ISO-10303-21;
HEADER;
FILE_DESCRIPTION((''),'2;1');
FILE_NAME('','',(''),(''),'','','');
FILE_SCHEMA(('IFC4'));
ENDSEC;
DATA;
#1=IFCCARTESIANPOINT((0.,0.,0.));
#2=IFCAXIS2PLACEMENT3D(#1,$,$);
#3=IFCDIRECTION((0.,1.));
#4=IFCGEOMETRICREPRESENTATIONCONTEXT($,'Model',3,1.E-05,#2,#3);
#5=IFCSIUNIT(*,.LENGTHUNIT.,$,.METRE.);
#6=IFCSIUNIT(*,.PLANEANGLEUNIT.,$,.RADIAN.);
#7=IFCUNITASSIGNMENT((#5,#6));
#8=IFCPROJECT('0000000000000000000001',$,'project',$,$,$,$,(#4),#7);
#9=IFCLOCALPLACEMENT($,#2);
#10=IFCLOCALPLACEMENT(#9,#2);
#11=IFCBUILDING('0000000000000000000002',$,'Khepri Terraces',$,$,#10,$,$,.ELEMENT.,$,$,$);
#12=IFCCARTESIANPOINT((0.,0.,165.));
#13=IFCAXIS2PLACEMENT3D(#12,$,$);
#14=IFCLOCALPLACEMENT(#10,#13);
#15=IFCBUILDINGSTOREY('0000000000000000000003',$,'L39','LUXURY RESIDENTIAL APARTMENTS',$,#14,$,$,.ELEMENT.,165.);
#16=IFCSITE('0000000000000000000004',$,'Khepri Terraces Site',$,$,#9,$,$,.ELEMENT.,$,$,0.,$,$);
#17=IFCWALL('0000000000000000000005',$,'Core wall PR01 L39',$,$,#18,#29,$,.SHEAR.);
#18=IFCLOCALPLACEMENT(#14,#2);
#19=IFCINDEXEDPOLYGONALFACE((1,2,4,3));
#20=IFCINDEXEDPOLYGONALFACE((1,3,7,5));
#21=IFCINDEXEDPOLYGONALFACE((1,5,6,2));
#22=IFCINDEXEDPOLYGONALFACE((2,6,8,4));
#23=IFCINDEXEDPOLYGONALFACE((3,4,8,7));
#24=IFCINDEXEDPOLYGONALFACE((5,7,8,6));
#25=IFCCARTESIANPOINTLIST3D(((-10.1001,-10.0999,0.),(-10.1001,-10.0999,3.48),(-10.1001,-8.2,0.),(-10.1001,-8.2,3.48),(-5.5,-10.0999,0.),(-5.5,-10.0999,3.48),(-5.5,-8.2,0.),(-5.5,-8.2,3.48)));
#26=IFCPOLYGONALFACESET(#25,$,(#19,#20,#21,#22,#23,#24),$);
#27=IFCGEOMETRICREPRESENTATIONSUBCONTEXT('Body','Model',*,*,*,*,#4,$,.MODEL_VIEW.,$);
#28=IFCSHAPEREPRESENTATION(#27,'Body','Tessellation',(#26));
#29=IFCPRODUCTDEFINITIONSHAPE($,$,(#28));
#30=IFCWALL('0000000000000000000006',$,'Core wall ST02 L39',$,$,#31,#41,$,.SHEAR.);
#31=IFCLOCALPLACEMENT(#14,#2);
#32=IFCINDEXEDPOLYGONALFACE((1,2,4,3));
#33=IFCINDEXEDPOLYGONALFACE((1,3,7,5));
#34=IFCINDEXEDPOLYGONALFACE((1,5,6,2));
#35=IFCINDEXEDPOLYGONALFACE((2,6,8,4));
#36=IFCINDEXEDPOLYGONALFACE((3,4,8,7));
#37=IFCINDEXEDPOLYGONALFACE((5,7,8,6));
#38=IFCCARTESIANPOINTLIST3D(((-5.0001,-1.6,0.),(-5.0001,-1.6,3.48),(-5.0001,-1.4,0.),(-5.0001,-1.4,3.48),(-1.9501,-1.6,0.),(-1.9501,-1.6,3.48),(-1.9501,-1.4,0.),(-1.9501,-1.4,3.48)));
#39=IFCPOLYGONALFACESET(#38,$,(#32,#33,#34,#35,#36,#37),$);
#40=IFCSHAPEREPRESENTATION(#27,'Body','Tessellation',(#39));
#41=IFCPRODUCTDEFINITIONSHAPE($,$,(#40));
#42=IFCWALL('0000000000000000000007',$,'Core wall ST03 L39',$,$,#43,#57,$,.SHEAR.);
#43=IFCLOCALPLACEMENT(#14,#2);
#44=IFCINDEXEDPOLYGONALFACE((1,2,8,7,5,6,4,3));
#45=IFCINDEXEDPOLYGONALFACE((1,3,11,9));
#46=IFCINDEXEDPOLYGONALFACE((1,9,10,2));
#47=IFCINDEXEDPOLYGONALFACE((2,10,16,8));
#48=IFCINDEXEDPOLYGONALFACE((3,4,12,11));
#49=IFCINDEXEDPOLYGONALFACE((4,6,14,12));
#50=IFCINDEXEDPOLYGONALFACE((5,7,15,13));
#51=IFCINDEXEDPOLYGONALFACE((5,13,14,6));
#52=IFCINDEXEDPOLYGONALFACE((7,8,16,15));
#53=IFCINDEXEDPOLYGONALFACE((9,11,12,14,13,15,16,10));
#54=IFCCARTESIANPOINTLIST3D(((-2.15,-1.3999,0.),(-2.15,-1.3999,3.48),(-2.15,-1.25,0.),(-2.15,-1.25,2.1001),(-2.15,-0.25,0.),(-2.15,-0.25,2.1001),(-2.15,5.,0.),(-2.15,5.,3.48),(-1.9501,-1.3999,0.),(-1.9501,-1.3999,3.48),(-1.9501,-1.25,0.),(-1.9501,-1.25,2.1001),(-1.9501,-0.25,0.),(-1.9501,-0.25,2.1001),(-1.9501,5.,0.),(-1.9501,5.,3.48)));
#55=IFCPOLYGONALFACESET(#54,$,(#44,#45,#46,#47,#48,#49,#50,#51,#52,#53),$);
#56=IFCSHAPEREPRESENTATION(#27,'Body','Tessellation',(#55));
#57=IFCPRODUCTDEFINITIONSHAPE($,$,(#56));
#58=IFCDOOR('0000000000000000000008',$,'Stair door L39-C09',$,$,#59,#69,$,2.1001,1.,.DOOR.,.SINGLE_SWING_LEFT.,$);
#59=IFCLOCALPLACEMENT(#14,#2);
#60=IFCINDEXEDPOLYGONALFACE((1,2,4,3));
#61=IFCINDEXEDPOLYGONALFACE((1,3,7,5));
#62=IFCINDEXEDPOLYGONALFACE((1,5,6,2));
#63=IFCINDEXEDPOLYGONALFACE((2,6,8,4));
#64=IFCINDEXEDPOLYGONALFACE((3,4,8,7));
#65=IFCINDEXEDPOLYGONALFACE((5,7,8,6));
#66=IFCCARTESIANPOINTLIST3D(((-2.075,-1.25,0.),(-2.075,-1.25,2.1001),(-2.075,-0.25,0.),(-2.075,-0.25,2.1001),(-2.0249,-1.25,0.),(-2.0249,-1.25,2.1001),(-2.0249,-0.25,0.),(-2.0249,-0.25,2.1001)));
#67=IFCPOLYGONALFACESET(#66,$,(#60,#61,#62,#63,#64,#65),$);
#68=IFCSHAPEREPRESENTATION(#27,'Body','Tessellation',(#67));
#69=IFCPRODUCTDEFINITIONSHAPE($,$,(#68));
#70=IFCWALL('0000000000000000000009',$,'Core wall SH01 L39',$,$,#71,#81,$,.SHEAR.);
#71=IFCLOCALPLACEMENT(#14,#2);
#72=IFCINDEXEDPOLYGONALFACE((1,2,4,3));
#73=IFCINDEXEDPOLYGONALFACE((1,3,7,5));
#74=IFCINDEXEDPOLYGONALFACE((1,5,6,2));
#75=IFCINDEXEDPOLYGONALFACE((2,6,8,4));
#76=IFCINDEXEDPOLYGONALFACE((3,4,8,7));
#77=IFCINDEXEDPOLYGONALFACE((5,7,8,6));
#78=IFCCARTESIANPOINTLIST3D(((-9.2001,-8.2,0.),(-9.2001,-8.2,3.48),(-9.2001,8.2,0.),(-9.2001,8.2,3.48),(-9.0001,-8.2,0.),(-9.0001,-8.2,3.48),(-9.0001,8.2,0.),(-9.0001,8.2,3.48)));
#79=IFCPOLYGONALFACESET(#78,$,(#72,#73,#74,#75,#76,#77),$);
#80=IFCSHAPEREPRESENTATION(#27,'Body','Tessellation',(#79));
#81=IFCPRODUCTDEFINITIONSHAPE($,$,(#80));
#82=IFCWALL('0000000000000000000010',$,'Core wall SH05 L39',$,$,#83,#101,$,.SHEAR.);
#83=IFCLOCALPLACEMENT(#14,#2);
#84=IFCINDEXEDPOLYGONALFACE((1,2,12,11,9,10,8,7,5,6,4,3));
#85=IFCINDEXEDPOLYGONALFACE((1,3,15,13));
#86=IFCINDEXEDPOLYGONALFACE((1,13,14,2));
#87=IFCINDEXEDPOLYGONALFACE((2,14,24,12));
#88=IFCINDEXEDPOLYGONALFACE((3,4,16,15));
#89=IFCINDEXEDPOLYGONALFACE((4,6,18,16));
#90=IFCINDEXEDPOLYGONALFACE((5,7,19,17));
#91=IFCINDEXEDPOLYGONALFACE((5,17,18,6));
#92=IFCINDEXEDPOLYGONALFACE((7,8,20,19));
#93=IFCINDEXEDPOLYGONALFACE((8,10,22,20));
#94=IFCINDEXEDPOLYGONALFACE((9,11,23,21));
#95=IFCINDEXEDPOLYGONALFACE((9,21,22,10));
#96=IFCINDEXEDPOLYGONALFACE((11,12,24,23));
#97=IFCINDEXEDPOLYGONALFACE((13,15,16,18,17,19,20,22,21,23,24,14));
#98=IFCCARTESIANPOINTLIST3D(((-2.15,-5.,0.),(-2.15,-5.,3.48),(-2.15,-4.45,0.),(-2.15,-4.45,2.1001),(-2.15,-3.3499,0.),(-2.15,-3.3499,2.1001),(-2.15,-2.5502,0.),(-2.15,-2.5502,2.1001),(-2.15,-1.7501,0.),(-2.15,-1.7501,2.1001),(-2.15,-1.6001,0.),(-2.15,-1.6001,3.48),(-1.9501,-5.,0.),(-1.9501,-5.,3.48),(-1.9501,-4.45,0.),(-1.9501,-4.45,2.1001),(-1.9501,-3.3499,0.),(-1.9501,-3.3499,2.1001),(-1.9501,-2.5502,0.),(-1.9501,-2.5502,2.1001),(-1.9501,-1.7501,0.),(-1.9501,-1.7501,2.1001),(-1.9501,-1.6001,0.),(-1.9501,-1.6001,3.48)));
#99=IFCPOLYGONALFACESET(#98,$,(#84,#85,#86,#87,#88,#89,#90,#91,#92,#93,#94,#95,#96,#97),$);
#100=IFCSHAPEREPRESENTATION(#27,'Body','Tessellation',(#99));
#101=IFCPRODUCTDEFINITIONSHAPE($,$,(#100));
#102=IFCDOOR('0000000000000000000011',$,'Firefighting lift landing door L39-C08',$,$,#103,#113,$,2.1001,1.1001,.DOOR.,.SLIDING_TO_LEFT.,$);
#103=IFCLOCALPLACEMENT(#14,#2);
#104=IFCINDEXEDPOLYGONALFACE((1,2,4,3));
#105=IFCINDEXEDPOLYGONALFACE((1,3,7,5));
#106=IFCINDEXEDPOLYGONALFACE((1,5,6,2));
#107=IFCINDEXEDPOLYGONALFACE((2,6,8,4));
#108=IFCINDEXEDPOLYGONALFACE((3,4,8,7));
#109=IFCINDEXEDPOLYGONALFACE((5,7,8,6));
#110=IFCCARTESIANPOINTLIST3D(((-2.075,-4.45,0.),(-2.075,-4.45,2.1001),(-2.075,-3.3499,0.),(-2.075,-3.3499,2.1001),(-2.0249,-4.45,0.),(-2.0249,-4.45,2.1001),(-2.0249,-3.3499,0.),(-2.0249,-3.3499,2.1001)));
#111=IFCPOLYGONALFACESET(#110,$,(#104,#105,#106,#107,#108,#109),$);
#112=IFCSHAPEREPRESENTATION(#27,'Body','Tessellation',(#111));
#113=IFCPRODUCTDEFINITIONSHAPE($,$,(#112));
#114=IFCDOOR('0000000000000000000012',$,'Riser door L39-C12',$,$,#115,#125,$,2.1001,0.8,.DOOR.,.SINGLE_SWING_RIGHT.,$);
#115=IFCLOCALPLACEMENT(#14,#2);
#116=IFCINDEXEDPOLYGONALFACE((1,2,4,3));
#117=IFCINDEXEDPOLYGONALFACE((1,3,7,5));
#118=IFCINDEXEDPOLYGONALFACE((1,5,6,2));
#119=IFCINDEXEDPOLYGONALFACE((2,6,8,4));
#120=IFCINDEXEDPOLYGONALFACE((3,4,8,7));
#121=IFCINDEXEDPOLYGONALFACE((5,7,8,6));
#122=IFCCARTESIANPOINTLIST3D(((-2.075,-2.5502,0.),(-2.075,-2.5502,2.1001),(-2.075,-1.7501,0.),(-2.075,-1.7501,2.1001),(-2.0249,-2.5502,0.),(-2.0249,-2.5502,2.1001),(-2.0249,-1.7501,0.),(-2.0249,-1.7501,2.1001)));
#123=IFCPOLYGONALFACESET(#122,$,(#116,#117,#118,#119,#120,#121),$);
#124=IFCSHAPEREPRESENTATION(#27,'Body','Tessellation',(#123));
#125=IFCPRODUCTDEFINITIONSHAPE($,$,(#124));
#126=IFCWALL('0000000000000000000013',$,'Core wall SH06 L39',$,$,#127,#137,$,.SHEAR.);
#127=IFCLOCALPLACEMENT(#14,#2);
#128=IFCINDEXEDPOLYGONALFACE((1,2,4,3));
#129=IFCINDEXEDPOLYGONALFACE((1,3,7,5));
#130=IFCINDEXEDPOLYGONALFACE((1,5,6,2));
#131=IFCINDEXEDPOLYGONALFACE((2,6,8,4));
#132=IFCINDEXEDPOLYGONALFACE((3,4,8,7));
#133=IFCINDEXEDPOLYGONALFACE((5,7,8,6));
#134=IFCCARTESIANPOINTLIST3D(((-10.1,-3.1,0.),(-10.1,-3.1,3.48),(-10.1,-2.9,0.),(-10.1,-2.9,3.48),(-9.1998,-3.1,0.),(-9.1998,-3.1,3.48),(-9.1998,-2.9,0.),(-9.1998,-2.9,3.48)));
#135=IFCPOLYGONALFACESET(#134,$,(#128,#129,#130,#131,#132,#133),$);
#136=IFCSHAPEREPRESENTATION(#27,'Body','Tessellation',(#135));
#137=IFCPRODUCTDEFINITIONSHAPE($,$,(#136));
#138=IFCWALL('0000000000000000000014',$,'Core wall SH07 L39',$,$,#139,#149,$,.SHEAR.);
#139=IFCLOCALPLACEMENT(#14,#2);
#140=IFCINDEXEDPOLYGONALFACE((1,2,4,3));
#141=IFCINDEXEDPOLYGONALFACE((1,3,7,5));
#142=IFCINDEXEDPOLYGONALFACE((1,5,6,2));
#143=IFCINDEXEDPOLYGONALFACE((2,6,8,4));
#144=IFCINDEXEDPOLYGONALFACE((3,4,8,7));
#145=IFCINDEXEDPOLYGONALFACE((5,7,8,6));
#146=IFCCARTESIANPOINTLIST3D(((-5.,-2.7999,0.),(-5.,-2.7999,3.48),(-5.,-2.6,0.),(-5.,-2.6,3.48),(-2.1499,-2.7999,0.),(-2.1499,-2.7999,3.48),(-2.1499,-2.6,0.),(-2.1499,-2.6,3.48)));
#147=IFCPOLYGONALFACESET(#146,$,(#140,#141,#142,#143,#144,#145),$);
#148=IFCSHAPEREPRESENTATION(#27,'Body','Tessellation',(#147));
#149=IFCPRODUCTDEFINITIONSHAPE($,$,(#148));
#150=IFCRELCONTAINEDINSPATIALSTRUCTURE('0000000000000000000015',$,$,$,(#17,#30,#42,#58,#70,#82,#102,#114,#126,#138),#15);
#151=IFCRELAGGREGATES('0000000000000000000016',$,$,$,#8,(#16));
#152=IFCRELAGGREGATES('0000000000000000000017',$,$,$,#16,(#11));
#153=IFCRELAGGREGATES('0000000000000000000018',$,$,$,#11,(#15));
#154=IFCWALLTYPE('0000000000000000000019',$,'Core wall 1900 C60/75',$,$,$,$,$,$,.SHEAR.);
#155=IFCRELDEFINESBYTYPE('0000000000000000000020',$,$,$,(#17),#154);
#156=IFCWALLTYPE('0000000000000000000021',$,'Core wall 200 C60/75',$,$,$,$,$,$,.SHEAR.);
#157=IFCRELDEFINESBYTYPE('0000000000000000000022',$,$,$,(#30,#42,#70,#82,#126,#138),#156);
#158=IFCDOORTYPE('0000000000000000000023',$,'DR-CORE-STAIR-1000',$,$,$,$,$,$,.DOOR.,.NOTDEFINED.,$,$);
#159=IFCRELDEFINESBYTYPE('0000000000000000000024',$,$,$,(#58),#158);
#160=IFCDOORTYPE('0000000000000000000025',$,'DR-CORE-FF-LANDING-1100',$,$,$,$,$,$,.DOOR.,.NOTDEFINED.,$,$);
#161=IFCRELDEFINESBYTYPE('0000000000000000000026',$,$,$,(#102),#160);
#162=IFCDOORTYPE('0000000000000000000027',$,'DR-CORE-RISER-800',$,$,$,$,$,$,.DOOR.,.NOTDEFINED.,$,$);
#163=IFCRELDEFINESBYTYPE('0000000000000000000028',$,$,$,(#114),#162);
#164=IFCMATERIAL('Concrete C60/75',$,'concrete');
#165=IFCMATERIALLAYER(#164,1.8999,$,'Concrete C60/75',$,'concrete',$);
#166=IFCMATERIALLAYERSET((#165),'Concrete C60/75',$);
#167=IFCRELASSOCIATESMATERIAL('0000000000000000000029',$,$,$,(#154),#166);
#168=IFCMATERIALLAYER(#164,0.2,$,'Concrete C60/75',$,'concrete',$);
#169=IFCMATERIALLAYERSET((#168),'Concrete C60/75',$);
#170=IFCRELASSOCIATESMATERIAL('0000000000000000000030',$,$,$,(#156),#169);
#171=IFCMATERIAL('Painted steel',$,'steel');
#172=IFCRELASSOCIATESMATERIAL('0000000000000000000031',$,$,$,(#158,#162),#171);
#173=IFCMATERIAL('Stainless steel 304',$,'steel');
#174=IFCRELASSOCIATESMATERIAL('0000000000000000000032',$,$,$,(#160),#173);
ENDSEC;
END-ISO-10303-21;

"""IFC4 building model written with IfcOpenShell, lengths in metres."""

from ifc_helpers import new_model, si_unit, direction, frame, frame_2d, origin, place, context, subcontext, project, spatial, rectangle, extrude, material, layer, layer_set, type_object, element, fill, save


model = new_model("IFC4")

# Units and contexts
model_context = context("Model", 3, precision=1e-05, world=origin(), true_north=direction((0.0, 1.0)))
body_context = subcontext(model_context, "Body", "Model", "MODEL_VIEW")
ifc_project = project(units=[si_unit("LENGTHUNIT", "METRE"), si_unit("PLANEANGLEUNIT", "RADIAN")], contexts=[model_context])

# Site, building, storey
site_placement = place(None, origin())
site = spatial("IfcSite", under=ifc_project, at=site_placement, Name="Khepri Terraces Site", CompositionType="ELEMENT", RefElevation=0.0)
building_placement = place(site_placement, origin())
building = spatial("IfcBuilding", under=site, at=building_placement, Name="Khepri Terraces", CompositionType="ELEMENT")
storey_placement = place(building_placement, frame((0.0, 0.0, 165.0)))
storey = spatial("IfcBuildingStorey", under=building, at=storey_placement, Name="L39", Description="LUXURY RESIDENTIAL APARTMENTS", CompositionType="ELEMENT", Elevation=165.0)

# Walls
ifc_material_1 = material(Name="Concrete C60/75", Category="concrete")
ifc_layer_1 = layer(ifc_material_1, 1.8999, Name="Concrete C60/75", Category="concrete")
ifc_layer_set_1 = layer_set([ifc_layer_1], Name="Concrete C60/75")
wall_type_1 = type_object("IfcWallType", Name="Core wall 1900 C60/75", PredefinedType="SHEAR", material=ifc_layer_set_1)
wall_1_placement = place(storey_placement, frame((-10.1001, -9.1499, 0.0), z_axis=(0.0, 0.0, 1.0), x_axis=(1.0, 0.0, 0.0)))
element("IfcWall", 1, at=wall_1_placement, inside=storey, type_object=wall_type_1, Name="Core wall PR01 L39", PredefinedType="SHEAR", context=body_context, shape_type="SweptSolid", body=[
    extrude(rectangle(XDim=4.6001, YDim=1.8999, at=frame_2d((2.3, 0.0))), origin(), (0.0, 0.0, 1.0), 3.48),
])
ifc_layer_2 = layer(ifc_material_1, 0.2, Name="Concrete C60/75", Category="concrete")
ifc_layer_set_2 = layer_set([ifc_layer_2], Name="Concrete C60/75")
wall_type_2 = type_object("IfcWallType", Name="Core wall 200 C60/75", PredefinedType="SHEAR", material=ifc_layer_set_2)
wall_2_placement = place(storey_placement, frame((-5.0, -1.5, 0.0), z_axis=(0.0, 0.0, 1.0), x_axis=(1.0, 0.0, 0.0)))
element("IfcWall", 2, at=wall_2_placement, inside=storey, type_object=wall_type_2, Name="Core wall ST02 L39", PredefinedType="SHEAR", context=body_context, shape_type="SweptSolid", body=[
    extrude(rectangle(XDim=3.05, YDim=0.2, at=frame_2d((1.5249, 0.0))), origin(), (0.0, 0.0, 1.0), 3.48),
])

# Wall, opening, door
wall_3_placement = place(storey_placement, frame((-2.05, -1.3999, 0.0), z_axis=(0.0, 0.0, 1.0), x_axis=(0.0, 1.0, 0.0)))
wall_3 = element("IfcWall", 3, at=wall_3_placement, inside=storey, type_object=wall_type_2, Name="Core wall ST03 L39", PredefinedType="SHEAR", context=body_context, shape_type="SweptSolid", body=[
    extrude(rectangle(XDim=6.3999, YDim=0.2, at=frame_2d((3.2, 0.0))), origin(), (0.0, 0.0, 1.0), 3.48),
])
opening_1_placement = place(wall_3_placement, frame((0.1499, 0.0, 0.0)))
opening_1 = element("IfcOpeningElement", 4, at=opening_1_placement, cuts=wall_3, PredefinedType="OPENING", context=body_context, shape_type="SweptSolid", body=[
    extrude(rectangle(XDim=1.0, YDim=2.1001, at=frame_2d((0.5, 1.05))), frame((0.0, 0.1099, 0.0), z_axis=(0.0, -1.0, 0.0), x_axis=(1.0, 0.0, 0.0)), (0.0, 0.0, 1.0), 0.22),
])
ifc_material_2 = material(Name="Painted steel", Category="steel")
door_type_1 = type_object("IfcDoorType", Name="DR-CORE-STAIR-1000", OperationType="NOTDEFINED", PredefinedType="DOOR", material=ifc_material_2)
door_1_placement = place(opening_1_placement, origin())
door_1 = element("IfcDoor", 5, at=door_1_placement, inside=storey, type_object=door_type_1, Name="Stair door L39-C09", OperationType="SINGLE_SWING_LEFT", OverallHeight=2.1001, OverallWidth=1.0, PredefinedType="DOOR", context=body_context, shape_type="SweptSolid", body=[
    extrude(rectangle(XDim=1.0, YDim=2.1001, at=frame_2d((0.5, 1.05))), frame((0.0, 0.0249, 0.0), z_axis=(0.0, -1.0, 0.0), x_axis=(1.0, 0.0, 0.0)), (0.0, 0.0, 1.0), 0.05),
])
fill(opening_1, door_1)

# Wall
wall_4_placement = place(storey_placement, frame((-9.1001, -8.2, 0.0), z_axis=(0.0, 0.0, 1.0), x_axis=(0.0, 1.0, 0.0)))
element("IfcWall", 6, at=wall_4_placement, inside=storey, type_object=wall_type_2, Name="Core wall SH01 L39", PredefinedType="SHEAR", context=body_context, shape_type="SweptSolid", body=[
    extrude(rectangle(XDim=16.3999, YDim=0.2, at=frame_2d((8.2, 0.0))), origin(), (0.0, 0.0, 1.0), 3.48),
])

# Wall, openings, doors
wall_5_placement = place(storey_placement, frame((-2.05, -5.0, 0.0), z_axis=(0.0, 0.0, 1.0), x_axis=(0.0, 1.0, 0.0)))
wall_5 = element("IfcWall", 7, at=wall_5_placement, inside=storey, type_object=wall_type_2, Name="Core wall SH05 L39", PredefinedType="SHEAR", context=body_context, shape_type="SweptSolid", body=[
    extrude(rectangle(XDim=3.3999, YDim=0.2, at=frame_2d((1.7, 0.0))), origin(), (0.0, 0.0, 1.0), 3.48),
])
opening_2_placement = place(wall_5_placement, frame((0.55, 0.0, 0.0)))
opening_2 = element("IfcOpeningElement", 8, at=opening_2_placement, cuts=wall_5, PredefinedType="OPENING", context=body_context, shape_type="SweptSolid", body=[
    extrude(rectangle(XDim=1.1001, YDim=2.1001, at=frame_2d((0.55, 1.05))), frame((0.0, 0.1099, 0.0), z_axis=(0.0, -1.0, 0.0), x_axis=(1.0, 0.0, 0.0)), (0.0, 0.0, 1.0), 0.22),
])
opening_3_placement = place(wall_5_placement, frame((2.45, 0.0, 0.0)))
opening_3 = element("IfcOpeningElement", 9, at=opening_3_placement, cuts=wall_5, PredefinedType="OPENING", context=body_context, shape_type="SweptSolid", body=[
    extrude(rectangle(XDim=0.8, YDim=2.1001, at=frame_2d((0.3999, 1.05))), frame((0.0, 0.1099, 0.0), z_axis=(0.0, -1.0, 0.0), x_axis=(1.0, 0.0, 0.0)), (0.0, 0.0, 1.0), 0.22),
])
ifc_material_3 = material(Name="Stainless steel 304", Category="steel")
door_type_2 = type_object("IfcDoorType", Name="DR-CORE-FF-LANDING-1100", OperationType="NOTDEFINED", PredefinedType="DOOR", material=ifc_material_3)
door_2_placement = place(opening_2_placement, origin())
door_2 = element("IfcDoor", 10, at=door_2_placement, inside=storey, type_object=door_type_2, Name="Firefighting lift landing door L39-C08", OperationType="SLIDING_TO_LEFT", OverallHeight=2.1001, OverallWidth=1.1001, PredefinedType="DOOR", context=body_context, shape_type="SweptSolid", body=[
    extrude(rectangle(XDim=1.1001, YDim=2.1001, at=frame_2d((0.55, 1.05))), frame((0.0, 0.0249, 0.0), z_axis=(0.0, -1.0, 0.0), x_axis=(1.0, 0.0, 0.0)), (0.0, 0.0, 1.0), 0.05),
])
fill(opening_2, door_2)
door_type_3 = type_object("IfcDoorType", Name="DR-CORE-RISER-800", OperationType="NOTDEFINED", PredefinedType="DOOR", material=ifc_material_2)
door_3_placement = place(opening_3_placement, origin())
door_3 = element("IfcDoor", 11, at=door_3_placement, inside=storey, type_object=door_type_3, Name="Riser door L39-C12", OperationType="SINGLE_SWING_RIGHT", OverallHeight=2.1001, OverallWidth=0.8, PredefinedType="DOOR", context=body_context, shape_type="SweptSolid", body=[
    extrude(rectangle(XDim=0.8, YDim=2.1001, at=frame_2d((0.3999, 1.05))), frame((0.0, 0.0249, 0.0), z_axis=(0.0, -1.0, 0.0), x_axis=(1.0, 0.0, 0.0)), (0.0, 0.0, 1.0), 0.05),
])
fill(opening_3, door_3)

# Walls
wall_6_placement = place(storey_placement, frame((-10.1001, -3.0, 0.0), z_axis=(0.0, 0.0, 1.0), x_axis=(1.0, 0.0, 0.0)))
element("IfcWall", 12, at=wall_6_placement, inside=storey, type_object=wall_type_2, Name="Core wall SH06 L39", PredefinedType="SHEAR", context=body_context, shape_type="SweptSolid", body=[
    extrude(rectangle(XDim=0.9001, YDim=0.2, at=frame_2d((0.4502, 0.0))), origin(), (0.0, 0.0, 1.0), 3.48),
])
wall_7_placement = place(storey_placement, frame((-5.0, -2.7, 0.0), z_axis=(0.0, 0.0, 1.0), x_axis=(1.0, 0.0, 0.0)))
element("IfcWall", 13, at=wall_7_placement, inside=storey, type_object=wall_type_2, Name="Core wall SH07 L39", PredefinedType="SHEAR", context=body_context, shape_type="SweptSolid", body=[
    extrude(rectangle(XDim=2.8501, YDim=0.2, at=frame_2d((1.425, 0.0))), origin(), (0.0, 0.0, 1.0), 3.48),
])

save(model, "model.ifc")
